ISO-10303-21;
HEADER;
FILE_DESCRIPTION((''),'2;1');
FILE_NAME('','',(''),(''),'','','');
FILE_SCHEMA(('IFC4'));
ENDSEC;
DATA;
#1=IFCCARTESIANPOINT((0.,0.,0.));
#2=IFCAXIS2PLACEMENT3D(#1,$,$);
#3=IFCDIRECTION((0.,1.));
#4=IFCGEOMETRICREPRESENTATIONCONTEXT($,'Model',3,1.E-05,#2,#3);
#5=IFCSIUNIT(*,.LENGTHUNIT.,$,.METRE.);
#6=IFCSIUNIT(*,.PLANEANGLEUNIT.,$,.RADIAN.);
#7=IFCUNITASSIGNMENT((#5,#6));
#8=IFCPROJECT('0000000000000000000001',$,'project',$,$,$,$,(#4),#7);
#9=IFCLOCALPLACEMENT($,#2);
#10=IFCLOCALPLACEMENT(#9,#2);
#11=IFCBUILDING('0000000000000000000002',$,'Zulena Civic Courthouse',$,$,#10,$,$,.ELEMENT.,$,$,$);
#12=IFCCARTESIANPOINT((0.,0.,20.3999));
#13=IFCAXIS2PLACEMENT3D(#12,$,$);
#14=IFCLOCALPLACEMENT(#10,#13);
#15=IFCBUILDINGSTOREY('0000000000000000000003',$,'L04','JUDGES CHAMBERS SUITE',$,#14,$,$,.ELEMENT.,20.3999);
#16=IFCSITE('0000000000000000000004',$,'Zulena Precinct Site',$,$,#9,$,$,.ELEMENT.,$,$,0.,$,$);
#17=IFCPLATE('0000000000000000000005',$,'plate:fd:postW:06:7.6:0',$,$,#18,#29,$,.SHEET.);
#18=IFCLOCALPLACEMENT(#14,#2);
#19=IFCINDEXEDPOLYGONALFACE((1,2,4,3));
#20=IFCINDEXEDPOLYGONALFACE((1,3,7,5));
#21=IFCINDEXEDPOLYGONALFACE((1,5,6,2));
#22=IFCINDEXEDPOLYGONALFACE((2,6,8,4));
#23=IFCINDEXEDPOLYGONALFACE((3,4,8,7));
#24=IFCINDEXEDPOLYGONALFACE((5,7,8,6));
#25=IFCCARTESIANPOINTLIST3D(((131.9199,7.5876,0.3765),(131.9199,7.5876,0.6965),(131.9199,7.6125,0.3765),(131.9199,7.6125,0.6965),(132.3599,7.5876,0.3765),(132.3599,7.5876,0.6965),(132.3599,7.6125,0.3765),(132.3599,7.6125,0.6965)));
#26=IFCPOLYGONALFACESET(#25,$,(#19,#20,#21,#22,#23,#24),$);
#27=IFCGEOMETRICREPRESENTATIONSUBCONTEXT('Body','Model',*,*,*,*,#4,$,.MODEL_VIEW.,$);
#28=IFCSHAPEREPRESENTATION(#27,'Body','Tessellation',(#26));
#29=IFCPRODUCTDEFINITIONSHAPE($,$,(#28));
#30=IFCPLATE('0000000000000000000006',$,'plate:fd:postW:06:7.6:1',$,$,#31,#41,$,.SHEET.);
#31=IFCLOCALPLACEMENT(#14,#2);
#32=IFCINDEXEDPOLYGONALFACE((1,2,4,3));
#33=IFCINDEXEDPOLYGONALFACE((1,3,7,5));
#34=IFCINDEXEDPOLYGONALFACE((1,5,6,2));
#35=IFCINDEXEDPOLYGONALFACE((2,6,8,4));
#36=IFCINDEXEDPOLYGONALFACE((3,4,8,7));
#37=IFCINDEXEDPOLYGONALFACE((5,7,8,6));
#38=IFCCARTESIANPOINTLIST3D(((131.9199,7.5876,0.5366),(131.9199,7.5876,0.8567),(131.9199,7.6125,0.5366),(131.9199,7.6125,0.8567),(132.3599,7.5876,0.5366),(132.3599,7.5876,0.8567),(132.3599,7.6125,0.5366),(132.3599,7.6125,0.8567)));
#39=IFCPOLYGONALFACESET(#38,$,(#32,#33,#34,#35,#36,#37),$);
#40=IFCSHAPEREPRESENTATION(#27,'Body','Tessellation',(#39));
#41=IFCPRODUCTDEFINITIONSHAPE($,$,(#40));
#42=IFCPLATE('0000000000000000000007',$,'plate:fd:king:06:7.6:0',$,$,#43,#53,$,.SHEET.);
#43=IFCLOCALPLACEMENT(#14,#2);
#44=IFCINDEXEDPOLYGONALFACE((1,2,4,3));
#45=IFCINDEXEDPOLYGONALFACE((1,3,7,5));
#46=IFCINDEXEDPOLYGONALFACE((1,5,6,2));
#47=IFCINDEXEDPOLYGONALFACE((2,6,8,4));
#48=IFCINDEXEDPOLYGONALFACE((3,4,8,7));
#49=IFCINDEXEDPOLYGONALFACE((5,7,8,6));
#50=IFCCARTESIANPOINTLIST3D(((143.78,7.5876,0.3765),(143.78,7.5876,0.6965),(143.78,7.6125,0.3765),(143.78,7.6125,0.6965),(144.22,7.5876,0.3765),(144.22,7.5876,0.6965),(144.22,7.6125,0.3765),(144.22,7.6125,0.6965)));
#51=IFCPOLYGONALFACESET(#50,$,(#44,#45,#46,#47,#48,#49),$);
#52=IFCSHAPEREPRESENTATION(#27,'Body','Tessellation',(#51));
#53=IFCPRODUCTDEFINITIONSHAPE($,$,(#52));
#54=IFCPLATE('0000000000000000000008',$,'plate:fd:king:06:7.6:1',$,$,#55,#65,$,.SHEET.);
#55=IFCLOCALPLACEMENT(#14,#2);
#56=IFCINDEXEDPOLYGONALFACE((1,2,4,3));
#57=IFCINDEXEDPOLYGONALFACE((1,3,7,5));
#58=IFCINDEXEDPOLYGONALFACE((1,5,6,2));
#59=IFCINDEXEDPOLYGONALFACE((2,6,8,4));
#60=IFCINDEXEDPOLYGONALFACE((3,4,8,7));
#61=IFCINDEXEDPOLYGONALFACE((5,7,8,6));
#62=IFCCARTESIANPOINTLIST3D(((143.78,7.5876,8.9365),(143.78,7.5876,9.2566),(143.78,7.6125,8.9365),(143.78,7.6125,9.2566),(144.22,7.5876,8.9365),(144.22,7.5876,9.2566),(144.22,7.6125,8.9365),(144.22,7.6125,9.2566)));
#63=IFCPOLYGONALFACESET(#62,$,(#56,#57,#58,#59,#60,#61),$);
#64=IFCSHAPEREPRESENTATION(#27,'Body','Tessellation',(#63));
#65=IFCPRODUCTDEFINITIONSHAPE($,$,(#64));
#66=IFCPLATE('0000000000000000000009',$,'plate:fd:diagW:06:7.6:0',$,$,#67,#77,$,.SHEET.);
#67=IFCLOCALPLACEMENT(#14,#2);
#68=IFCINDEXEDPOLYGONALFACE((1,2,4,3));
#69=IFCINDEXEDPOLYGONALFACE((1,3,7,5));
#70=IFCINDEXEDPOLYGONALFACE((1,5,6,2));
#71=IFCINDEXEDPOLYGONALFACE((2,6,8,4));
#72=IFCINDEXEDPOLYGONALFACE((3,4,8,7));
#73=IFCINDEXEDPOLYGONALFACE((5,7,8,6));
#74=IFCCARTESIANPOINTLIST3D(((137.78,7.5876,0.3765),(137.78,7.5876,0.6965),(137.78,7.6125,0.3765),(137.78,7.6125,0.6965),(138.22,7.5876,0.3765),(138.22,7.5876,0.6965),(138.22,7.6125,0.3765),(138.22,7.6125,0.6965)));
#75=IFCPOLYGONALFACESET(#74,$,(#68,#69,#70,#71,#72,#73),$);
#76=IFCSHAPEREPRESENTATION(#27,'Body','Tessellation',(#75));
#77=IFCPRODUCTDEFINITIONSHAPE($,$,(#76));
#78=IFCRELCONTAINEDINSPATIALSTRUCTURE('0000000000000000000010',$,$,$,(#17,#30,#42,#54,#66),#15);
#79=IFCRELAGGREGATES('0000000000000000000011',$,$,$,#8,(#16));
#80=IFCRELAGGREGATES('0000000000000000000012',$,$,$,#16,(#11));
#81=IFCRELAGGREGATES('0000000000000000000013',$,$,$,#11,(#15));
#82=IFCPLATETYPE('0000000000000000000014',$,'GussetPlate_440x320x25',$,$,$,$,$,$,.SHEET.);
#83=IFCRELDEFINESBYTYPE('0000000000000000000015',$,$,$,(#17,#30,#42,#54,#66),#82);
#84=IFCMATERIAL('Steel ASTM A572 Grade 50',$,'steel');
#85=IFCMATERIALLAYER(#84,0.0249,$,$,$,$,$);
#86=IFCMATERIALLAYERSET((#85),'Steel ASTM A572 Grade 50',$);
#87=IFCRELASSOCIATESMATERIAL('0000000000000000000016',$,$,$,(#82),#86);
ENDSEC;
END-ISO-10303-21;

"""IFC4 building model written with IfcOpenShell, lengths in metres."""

from ifc_helpers import new_model, si_unit, direction, frame, origin, origin_2d, place, context, subcontext, project, spatial, rectangle, extrude, material, layer, layer_set, type_object, element, save


model = new_model("IFC4")

# Units and contexts
model_context = context("Model", 3, precision=1e-05, world=origin(), true_north=direction((0.0, 1.0)))
body_context = subcontext(model_context, "Body", "Model", "MODEL_VIEW")
ifc_project = project(units=[si_unit("LENGTHUNIT", "METRE"), si_unit("PLANEANGLEUNIT", "RADIAN")], contexts=[model_context])

# Site, building, storey
site_placement = place(None, origin())
site = spatial("IfcSite", under=ifc_project, at=site_placement, Name="Zulena Precinct Site", CompositionType="ELEMENT", RefElevation=0.0)
building_placement = place(site_placement, origin())
building = spatial("IfcBuilding", under=site, at=building_placement, Name="Zulena Civic Courthouse", CompositionType="ELEMENT")
storey_placement = place(building_placement, frame((0.0, 0.0, 20.3999)))
storey = spatial("IfcBuildingStorey", under=building, at=storey_placement, Name="L04", Description="JUDGES CHAMBERS SUITE", CompositionType="ELEMENT", Elevation=20.3999)

# Plates
ifc_material_1 = material(Name="Steel ASTM A572 Grade 50", Category="steel")
ifc_layer_1 = layer(ifc_material_1, 0.0249)
ifc_layer_set_1 = layer_set([ifc_layer_1], Name="Steel ASTM A572 Grade 50")
plate_type = type_object("IfcPlateType", Name="GussetPlate_440x320x25", PredefinedType="SHEET", material=ifc_layer_set_1)
for number, where, z_axis, x_axis, name in (
    (1, (132.1399, 7.6001, 0.3765), (0.0, 0.0, 1.0), (1.0, 0.0, 0.0), "plate:fd:postW:06:7.6:0"),
    (2, (132.1399, 7.6001, 0.5366), (0.0, 0.0, 1.0), (1.0, 0.0, 0.0), "plate:fd:postW:06:7.6:1"),
    (3, (144.0, 7.6001, 0.3765), (0.0, 0.0, 1.0), (1.0, 0.0, 0.0), "plate:fd:king:06:7.6:0"),
    (4, (144.0, 7.6001, 8.9365), (0.0, 0.0, 1.0), (1.0, 0.0, 0.0), "plate:fd:king:06:7.6:1"),
    (5, (138.0, 7.6001, 0.3765), (0.0, 0.0, 1.0), (1.0, 0.0, 0.0), "plate:fd:diagW:06:7.6:0"),
):
    element("IfcPlate", number, at=place(storey_placement, frame(where, z_axis=z_axis, x_axis=x_axis)), inside=storey, type_object=plate_type, Name=name, PredefinedType="SHEET", context=body_context, shape_type="SweptSolid", body=[
        extrude(rectangle(XDim=0.4399, YDim=0.0249, at=origin_2d()), origin(), (0.0, 0.0, 1.0), 0.3201),
    ])

save(model, "model.ifc")
